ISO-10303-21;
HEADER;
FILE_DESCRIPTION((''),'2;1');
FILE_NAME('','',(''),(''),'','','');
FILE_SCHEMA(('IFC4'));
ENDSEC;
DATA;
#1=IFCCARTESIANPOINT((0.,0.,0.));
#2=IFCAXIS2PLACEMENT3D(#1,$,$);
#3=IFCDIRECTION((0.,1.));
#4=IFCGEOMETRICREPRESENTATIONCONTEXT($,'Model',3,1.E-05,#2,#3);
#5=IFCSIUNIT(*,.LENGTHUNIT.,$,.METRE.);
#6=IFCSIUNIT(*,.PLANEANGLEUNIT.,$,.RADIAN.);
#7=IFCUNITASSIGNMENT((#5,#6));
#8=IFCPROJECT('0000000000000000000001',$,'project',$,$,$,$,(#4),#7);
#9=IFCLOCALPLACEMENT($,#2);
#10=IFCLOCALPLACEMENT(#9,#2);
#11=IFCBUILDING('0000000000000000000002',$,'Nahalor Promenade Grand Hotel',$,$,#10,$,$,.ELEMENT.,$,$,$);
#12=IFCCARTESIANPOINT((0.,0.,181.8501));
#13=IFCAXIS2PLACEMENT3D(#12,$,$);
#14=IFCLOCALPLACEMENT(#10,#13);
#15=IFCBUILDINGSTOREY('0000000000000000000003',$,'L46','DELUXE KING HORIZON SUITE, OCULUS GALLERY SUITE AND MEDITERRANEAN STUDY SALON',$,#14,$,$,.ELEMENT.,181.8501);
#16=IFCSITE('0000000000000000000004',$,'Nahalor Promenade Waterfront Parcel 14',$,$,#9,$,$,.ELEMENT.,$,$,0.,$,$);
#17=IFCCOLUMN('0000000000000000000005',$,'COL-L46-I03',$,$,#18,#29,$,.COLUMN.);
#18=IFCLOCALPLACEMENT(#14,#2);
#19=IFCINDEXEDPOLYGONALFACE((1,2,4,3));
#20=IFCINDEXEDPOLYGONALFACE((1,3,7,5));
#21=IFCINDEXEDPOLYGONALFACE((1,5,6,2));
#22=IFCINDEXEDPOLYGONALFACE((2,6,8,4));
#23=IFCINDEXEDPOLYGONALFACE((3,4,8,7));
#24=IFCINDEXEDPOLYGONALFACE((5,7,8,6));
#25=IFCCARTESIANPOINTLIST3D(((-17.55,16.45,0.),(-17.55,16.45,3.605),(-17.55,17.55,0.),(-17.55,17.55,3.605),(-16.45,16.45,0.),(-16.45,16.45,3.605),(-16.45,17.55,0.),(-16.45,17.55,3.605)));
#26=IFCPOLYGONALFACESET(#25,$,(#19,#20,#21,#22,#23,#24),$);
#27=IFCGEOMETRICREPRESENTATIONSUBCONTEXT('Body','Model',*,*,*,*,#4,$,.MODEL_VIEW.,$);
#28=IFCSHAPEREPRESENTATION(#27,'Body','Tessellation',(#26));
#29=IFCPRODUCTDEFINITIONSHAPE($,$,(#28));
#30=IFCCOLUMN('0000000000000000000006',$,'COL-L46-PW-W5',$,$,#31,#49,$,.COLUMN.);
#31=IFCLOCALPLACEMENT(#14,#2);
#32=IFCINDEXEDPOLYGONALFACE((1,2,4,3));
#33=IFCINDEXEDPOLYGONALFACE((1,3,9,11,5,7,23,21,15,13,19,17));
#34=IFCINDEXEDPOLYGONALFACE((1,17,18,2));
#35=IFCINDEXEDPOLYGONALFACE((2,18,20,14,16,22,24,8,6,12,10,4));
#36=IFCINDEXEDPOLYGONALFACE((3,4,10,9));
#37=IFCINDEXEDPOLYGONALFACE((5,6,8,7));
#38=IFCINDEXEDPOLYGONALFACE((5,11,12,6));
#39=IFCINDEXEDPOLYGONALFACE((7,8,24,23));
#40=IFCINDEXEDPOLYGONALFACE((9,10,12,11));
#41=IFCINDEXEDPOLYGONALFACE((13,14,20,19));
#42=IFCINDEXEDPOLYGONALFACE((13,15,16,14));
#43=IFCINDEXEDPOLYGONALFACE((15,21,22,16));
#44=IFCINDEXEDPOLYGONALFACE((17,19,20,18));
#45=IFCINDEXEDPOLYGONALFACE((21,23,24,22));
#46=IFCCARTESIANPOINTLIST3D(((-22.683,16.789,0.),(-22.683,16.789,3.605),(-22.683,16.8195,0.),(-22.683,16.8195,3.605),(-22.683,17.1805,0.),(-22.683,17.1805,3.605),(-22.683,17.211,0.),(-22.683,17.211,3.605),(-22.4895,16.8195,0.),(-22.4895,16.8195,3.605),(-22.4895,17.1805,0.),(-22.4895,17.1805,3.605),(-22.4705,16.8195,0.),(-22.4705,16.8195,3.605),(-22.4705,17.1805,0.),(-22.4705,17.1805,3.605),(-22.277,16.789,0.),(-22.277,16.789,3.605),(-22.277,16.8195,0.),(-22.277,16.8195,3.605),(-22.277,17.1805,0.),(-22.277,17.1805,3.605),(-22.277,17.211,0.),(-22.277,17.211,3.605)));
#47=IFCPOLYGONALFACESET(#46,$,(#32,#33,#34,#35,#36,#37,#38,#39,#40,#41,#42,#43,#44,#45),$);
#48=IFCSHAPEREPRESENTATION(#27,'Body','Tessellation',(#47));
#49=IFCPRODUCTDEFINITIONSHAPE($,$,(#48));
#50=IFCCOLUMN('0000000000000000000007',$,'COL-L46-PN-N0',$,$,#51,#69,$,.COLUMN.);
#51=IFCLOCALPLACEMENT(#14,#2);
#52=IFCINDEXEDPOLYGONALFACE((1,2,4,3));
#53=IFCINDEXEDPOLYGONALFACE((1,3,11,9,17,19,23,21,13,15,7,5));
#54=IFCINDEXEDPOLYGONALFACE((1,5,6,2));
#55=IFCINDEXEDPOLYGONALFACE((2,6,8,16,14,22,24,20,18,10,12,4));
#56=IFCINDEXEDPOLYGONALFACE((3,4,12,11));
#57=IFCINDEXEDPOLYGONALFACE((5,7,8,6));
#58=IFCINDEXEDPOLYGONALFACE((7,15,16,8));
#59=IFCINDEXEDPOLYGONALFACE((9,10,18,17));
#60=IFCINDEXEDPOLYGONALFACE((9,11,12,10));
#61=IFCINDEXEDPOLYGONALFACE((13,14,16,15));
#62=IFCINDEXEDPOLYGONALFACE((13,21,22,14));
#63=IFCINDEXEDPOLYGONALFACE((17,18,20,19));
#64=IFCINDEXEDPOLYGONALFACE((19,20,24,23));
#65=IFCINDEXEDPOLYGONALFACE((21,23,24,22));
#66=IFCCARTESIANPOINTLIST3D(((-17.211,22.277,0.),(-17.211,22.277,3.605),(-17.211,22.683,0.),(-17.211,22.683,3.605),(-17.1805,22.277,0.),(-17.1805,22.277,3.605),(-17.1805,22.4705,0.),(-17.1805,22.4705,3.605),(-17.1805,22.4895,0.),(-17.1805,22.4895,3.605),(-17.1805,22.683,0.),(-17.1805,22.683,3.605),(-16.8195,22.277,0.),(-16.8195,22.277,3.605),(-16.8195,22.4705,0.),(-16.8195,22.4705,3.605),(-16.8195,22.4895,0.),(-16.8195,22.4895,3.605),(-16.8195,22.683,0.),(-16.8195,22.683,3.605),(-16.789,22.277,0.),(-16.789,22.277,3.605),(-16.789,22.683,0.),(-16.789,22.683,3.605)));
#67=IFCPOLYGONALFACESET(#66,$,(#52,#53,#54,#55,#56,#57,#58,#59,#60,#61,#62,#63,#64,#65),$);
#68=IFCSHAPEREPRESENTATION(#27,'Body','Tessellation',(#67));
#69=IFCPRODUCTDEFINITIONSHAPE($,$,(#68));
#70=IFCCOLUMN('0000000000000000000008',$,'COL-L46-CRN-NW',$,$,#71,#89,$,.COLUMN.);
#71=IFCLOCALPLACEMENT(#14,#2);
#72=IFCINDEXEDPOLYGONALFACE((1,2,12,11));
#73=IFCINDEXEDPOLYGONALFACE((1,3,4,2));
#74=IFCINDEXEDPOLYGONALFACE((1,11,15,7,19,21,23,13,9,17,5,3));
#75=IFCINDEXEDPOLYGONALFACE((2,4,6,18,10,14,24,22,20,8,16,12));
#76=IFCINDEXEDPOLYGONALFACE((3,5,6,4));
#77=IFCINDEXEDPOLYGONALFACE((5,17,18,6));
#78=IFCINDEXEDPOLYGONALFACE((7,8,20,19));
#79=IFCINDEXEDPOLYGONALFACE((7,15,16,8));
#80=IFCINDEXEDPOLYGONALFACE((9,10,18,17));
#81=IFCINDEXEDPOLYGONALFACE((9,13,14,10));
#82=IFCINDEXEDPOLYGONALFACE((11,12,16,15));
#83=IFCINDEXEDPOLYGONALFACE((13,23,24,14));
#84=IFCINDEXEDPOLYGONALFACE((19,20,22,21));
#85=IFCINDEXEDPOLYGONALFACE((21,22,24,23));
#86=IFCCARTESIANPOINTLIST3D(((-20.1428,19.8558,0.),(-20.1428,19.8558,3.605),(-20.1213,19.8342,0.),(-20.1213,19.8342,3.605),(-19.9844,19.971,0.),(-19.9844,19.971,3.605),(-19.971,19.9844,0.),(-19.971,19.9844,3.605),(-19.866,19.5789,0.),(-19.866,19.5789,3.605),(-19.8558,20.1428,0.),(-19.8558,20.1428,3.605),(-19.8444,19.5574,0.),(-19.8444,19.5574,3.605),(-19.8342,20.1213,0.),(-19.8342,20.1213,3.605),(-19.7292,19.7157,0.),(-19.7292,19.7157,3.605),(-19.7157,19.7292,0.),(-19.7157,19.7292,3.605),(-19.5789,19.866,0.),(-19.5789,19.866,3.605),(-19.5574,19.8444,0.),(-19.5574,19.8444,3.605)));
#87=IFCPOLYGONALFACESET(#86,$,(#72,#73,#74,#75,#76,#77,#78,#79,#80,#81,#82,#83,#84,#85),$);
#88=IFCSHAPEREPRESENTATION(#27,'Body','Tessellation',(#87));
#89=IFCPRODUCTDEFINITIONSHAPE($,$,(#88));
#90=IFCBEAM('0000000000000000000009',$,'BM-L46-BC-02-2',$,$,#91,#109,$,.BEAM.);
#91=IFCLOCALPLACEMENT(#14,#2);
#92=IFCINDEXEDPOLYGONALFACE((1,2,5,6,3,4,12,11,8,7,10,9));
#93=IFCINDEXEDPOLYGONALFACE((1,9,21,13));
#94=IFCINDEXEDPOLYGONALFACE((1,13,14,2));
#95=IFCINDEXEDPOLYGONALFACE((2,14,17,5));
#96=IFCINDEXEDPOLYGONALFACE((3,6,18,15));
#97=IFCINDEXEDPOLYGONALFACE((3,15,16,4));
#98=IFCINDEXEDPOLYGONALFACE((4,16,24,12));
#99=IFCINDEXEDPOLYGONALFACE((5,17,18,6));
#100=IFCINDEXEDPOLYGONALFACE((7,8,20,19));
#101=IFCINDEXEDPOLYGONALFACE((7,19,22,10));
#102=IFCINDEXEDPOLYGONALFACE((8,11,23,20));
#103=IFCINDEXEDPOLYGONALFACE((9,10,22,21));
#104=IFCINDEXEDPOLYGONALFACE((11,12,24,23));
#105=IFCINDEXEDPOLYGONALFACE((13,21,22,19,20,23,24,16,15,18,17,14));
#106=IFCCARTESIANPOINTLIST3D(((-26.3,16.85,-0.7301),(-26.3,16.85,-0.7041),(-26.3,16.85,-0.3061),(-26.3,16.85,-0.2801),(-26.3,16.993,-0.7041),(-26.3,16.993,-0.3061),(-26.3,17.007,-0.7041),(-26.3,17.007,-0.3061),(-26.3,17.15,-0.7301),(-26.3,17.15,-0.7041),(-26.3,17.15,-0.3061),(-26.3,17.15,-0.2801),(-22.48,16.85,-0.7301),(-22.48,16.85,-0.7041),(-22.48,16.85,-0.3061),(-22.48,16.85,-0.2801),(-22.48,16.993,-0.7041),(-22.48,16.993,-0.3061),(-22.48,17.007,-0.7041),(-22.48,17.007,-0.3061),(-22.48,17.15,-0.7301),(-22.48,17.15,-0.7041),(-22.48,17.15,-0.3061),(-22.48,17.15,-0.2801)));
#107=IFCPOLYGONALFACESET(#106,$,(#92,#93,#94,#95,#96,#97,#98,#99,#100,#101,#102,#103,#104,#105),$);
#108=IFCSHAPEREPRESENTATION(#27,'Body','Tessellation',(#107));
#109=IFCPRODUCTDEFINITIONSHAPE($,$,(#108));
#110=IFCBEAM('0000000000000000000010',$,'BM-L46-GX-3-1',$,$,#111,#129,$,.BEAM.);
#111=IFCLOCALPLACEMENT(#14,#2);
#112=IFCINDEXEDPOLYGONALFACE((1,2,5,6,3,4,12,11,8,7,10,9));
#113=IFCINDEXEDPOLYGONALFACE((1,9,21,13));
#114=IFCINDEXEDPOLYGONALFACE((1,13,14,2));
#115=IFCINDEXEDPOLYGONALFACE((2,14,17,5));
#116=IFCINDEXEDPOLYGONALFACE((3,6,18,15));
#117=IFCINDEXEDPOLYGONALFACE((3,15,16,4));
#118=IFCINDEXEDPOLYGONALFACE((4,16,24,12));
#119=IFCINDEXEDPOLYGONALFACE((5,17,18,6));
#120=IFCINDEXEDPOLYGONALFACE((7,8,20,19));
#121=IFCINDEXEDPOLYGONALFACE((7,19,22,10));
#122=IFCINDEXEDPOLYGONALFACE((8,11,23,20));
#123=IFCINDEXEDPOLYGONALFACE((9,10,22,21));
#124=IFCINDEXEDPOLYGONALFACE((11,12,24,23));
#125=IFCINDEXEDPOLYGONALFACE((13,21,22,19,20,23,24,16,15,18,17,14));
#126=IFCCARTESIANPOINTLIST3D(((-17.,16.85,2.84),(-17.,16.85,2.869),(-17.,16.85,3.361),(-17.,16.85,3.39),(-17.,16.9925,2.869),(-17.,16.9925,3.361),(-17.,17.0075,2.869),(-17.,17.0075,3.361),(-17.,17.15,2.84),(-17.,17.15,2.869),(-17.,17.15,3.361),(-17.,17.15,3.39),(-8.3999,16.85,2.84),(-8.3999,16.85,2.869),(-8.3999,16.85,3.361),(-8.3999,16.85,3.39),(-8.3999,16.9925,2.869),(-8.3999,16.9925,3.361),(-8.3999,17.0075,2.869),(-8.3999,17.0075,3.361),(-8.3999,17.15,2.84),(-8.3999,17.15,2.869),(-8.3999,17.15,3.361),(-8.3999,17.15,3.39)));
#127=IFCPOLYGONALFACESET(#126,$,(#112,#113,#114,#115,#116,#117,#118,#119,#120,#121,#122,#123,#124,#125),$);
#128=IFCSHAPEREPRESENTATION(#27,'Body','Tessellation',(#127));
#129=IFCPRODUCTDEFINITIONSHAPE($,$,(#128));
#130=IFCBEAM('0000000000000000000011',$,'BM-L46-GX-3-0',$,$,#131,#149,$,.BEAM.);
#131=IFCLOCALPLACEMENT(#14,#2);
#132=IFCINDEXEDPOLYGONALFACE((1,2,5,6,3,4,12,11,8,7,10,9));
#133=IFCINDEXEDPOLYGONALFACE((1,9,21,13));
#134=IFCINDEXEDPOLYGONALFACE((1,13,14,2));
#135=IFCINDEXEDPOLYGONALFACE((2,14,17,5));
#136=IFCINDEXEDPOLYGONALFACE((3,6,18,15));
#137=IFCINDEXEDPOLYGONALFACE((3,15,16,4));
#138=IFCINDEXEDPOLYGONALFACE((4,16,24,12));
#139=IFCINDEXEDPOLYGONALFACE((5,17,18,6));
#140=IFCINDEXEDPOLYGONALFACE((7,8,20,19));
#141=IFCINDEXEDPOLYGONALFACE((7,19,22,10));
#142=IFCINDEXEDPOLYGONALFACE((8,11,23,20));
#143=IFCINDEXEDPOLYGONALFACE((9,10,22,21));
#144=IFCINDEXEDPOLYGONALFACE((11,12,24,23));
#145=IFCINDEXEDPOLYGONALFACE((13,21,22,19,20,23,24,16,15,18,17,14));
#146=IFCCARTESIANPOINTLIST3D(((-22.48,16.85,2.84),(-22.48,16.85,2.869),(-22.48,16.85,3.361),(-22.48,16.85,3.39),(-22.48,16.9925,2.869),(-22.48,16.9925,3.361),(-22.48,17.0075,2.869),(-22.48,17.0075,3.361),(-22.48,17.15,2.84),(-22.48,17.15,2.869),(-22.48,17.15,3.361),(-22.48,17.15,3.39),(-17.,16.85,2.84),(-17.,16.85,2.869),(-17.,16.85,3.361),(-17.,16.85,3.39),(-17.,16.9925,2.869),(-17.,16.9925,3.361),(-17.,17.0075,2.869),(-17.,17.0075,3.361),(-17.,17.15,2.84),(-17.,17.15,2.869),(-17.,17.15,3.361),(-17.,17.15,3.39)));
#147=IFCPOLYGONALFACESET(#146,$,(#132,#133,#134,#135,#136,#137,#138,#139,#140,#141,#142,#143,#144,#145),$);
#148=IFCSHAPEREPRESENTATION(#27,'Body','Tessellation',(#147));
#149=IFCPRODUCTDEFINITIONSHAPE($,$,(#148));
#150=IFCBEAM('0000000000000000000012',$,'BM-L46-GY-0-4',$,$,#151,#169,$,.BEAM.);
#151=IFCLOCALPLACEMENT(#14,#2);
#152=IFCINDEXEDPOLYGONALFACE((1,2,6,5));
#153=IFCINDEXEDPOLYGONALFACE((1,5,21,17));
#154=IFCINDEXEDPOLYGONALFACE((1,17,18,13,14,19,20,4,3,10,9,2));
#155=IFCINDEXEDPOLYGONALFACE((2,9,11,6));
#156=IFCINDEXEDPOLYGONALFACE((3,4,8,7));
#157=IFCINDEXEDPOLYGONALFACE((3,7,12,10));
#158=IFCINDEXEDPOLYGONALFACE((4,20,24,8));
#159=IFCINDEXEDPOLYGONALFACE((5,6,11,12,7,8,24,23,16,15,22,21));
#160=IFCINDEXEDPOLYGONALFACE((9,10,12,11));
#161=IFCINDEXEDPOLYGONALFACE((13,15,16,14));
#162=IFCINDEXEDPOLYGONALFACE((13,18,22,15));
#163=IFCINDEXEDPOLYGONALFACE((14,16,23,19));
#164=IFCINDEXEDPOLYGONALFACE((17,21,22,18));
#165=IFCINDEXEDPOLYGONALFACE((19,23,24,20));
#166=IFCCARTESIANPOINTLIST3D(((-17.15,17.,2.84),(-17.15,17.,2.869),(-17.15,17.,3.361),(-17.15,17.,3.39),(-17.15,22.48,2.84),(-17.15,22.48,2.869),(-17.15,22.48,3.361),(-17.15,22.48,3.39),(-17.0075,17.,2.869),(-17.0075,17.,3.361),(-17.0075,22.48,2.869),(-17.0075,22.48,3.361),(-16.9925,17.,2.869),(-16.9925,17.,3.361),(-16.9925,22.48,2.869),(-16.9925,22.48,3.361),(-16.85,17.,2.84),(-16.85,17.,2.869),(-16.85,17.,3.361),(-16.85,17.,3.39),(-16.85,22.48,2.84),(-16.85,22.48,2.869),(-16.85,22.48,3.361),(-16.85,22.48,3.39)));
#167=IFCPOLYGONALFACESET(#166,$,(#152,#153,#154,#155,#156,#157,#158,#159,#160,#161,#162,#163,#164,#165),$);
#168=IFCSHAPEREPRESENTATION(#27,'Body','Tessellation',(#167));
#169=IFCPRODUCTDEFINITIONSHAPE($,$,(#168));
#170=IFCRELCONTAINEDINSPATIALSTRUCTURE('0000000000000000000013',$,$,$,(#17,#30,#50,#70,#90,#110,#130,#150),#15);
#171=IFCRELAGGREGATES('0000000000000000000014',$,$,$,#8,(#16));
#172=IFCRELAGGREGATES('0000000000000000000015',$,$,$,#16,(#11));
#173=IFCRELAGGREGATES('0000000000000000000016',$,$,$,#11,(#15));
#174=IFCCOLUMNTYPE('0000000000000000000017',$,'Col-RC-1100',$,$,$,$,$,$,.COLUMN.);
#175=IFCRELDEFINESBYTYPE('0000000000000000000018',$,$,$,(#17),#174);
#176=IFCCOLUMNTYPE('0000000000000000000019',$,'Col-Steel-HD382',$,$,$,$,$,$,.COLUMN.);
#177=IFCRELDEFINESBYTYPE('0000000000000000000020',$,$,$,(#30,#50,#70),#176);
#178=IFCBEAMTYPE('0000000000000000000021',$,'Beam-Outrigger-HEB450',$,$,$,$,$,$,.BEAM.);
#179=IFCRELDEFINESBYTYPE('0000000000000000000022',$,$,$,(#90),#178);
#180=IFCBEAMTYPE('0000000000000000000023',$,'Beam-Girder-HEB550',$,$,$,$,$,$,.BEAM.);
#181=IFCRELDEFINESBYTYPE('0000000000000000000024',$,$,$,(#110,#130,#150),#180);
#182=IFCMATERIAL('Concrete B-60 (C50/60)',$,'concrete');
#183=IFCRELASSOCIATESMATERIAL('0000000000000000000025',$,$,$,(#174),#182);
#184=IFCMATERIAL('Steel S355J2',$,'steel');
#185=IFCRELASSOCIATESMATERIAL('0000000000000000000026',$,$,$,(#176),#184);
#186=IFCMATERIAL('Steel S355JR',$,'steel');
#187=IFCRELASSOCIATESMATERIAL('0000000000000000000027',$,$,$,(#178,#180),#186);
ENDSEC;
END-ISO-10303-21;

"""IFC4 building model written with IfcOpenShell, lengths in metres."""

from ifc_helpers import new_model, si_unit, direction, frame, origin, origin_2d, place, context, subcontext, project, spatial, rectangle, i_section, extrude, source, transform, mapped, material, material_profile, profile_set, type_object, element, save


model = new_model("IFC4")

# Units and contexts
model_context = context("Model", 3, precision=1e-05, world=origin(), true_north=direction((0.0, 1.0)))
body_context = subcontext(model_context, "Body", "Model", "MODEL_VIEW")
ifc_project = project(units=[si_unit("LENGTHUNIT", "METRE"), si_unit("PLANEANGLEUNIT", "RADIAN")], contexts=[model_context])

# Site, building, storey
site_placement = place(None, origin())
site = spatial("IfcSite", under=ifc_project, at=site_placement, Name="Nahalor Promenade Waterfront Parcel 14", CompositionType="ELEMENT", RefElevation=0.0)
building_placement = place(site_placement, origin())
building = spatial("IfcBuilding", under=site, at=building_placement, Name="Nahalor Promenade Grand Hotel", CompositionType="ELEMENT")
storey_placement = place(building_placement, frame((0.0, 0.0, 181.8501)))
storey = spatial("IfcBuildingStorey", under=building, at=storey_placement, Name="L46", Description="DELUXE KING HORIZON SUITE, OCULUS GALLERY SUITE AND MEDITERRANEAN STUDY SALON", CompositionType="ELEMENT", Elevation=181.8501)

# Columns
ifc_material_1 = material(Name="Concrete B-60 (C50/60)", Category="concrete")
ifc_material_profile_1 = material_profile(ifc_material_1, rectangle(XDim=1.1, YDim=1.1, at=origin_2d()), Name="RC 1100x1100")
ifc_profile_set_1 = profile_set([ifc_material_profile_1], Name="Concrete B-60 (C50/60)")
column_type_1 = type_object("IfcColumnType", Name="Col-RC-1100", PredefinedType="COLUMN", material=ifc_profile_set_1)
shared_shape_1 = source(origin(), body_context, "Body", "SweptSolid", [
    extrude(rectangle(XDim=1.1, YDim=1.1, at=origin_2d()), origin(), (0.0, 0.0, 1.0), 3.605),
])
column_placement = place(storey_placement, frame((-17.0, 17.0, 0.0), z_axis=(0.0, 0.0, 1.0), x_axis=(1.0, 0.0, 0.0)))
element("IfcColumn", 1, at=column_placement, inside=storey, type_object=column_type_1, Name="COL-L46-I03", PredefinedType="COLUMN", context=body_context, shape_type="MappedRepresentation", body=[
    mapped(shared_shape_1, transform((0.0, 0.0, 0.0), scale=1.0)),
])
ifc_material_2 = material(Name="Steel S355J2", Category="steel")
ifc_material_profile_2 = material_profile(ifc_material_2, i_section(OverallWidth=0.406, OverallDepth=0.422, WebThickness=0.019, FlangeThickness=0.0305, at=origin_2d()), Name="HD 400x382")
ifc_profile_set_2 = profile_set([ifc_material_profile_2], Name="Steel S355J2")
column_type_2 = type_object("IfcColumnType", Name="Col-Steel-HD382", PredefinedType="COLUMN", material=ifc_profile_set_2)
shared_shape_2 = source(origin(), body_context, "Body", "SweptSolid", [
    extrude(i_section(OverallWidth=0.406, OverallDepth=0.422, WebThickness=0.019, FlangeThickness=0.0305, at=origin_2d()), origin(), (0.0, 0.0, 1.0), 3.605),
])
for number, where, z_axis, x_axis, name in (
    (2, (-22.48, 17.0, 0.0), (0.0, 0.0, 1.0), (1.0, 0.0, 0.0), "COL-L46-PW-W5"),
    (3, (-17.0, 22.48, 0.0), (0.0, 0.0, 1.0), (0.0, 1.0, 0.0), "COL-L46-PN-N0"),
    (4, (-19.8501, 19.8501, 0.0), (0.0, 0.0, 1.0), (0.707107, 0.707107, 0.0), "COL-L46-CRN-NW"),
):
    element("IfcColumn", number, at=place(storey_placement, frame(where, z_axis=z_axis, x_axis=x_axis)), inside=storey, type_object=column_type_2, Name=name, PredefinedType="COLUMN", context=body_context, shape_type="MappedRepresentation", body=[
        mapped(shared_shape_2, transform((0.0, 0.0, 0.0), scale=1.0)),
    ])

# Beams
ifc_material_3 = material(Name="Steel S355JR", Category="steel")
ifc_material_profile_3 = material_profile(ifc_material_3, i_section(OverallWidth=0.3, OverallDepth=0.45, WebThickness=0.014, FlangeThickness=0.026, at=origin_2d()), Name="HEB 450")
ifc_profile_set_3 = profile_set([ifc_material_profile_3], Name="Steel S355JR")
beam_type_1 = type_object("IfcBeamType", Name="Beam-Outrigger-HEB450", PredefinedType="BEAM", material=ifc_profile_set_3)
shared_shape_3 = source(origin(), body_context, "Body", "SweptSolid", [
    extrude(i_section(OverallWidth=0.3, OverallDepth=0.45, WebThickness=0.014, FlangeThickness=0.026, at=origin_2d()), origin(), (0.0, 0.0, 1.0), 3.8201),
])
beam_1_placement = place(storey_placement, frame((-26.3, 17.0, -0.5051), z_axis=(1.0, 0.0, 0.0), x_axis=(0.0, 1.0, 0.0)))
element("IfcBeam", 5, at=beam_1_placement, inside=storey, type_object=beam_type_1, Name="BM-L46-BC-02-2", PredefinedType="BEAM", context=body_context, shape_type="MappedRepresentation", body=[
    mapped(shared_shape_3, transform((0.0, 0.0, 0.0), scale=1.0)),
])
ifc_material_profile_4 = material_profile(ifc_material_3, i_section(OverallWidth=0.3, OverallDepth=0.55, WebThickness=0.015, FlangeThickness=0.029, at=origin_2d()), Name="HEB 550")
ifc_profile_set_4 = profile_set([ifc_material_profile_4], Name="Steel S355JR")
beam_type_2 = type_object("IfcBeamType", Name="Beam-Girder-HEB550", PredefinedType="BEAM", material=ifc_profile_set_4)
shared_shape_4 = source(origin(), body_context, "Body", "SweptSolid", [
    extrude(i_section(OverallWidth=0.3, OverallDepth=0.55, WebThickness=0.015, FlangeThickness=0.029, at=origin_2d()), origin(), (0.0, 0.0, 1.0), 8.6001),
])
beam_2_placement = place(storey_placement, frame((-17.0, 17.0, 3.115), z_axis=(1.0, 0.0, 0.0), x_axis=(0.0, 1.0, 0.0)))
element("IfcBeam", 6, at=beam_2_placement, inside=storey, type_object=beam_type_2, Name="BM-L46-GX-3-1", PredefinedType="BEAM", context=body_context, shape_type="MappedRepresentation", body=[
    mapped(shared_shape_4, transform((0.0, 0.0, 0.0), scale=1.0)),
])
shared_shape_5 = source(origin(), body_context, "Body", "SweptSolid", [
    extrude(i_section(OverallWidth=0.3, OverallDepth=0.55, WebThickness=0.015, FlangeThickness=0.029, at=origin_2d()), origin(), (0.0, 0.0, 1.0), 5.48),
])
for number, where, z_axis, x_axis, name in (
    (7, (-22.48, 17.0, 3.115), (1.0, 0.0, 0.0), (0.0, 1.0, 0.0), "BM-L46-GX-3-0"),
    (8, (-17.0, 17.0, 3.115), (0.0, 1.0, 0.0), (-1.0, 0.0, 0.0), "BM-L46-GY-0-4"),
):
    element("IfcBeam", number, at=place(storey_placement, frame(where, z_axis=z_axis, x_axis=x_axis)), inside=storey, type_object=beam_type_2, Name=name, PredefinedType="BEAM", context=body_context, shape_type="MappedRepresentation", body=[
        mapped(shared_shape_5, transform((0.0, 0.0, 0.0), scale=1.0)),
    ])

save(model, "model.ifc")
